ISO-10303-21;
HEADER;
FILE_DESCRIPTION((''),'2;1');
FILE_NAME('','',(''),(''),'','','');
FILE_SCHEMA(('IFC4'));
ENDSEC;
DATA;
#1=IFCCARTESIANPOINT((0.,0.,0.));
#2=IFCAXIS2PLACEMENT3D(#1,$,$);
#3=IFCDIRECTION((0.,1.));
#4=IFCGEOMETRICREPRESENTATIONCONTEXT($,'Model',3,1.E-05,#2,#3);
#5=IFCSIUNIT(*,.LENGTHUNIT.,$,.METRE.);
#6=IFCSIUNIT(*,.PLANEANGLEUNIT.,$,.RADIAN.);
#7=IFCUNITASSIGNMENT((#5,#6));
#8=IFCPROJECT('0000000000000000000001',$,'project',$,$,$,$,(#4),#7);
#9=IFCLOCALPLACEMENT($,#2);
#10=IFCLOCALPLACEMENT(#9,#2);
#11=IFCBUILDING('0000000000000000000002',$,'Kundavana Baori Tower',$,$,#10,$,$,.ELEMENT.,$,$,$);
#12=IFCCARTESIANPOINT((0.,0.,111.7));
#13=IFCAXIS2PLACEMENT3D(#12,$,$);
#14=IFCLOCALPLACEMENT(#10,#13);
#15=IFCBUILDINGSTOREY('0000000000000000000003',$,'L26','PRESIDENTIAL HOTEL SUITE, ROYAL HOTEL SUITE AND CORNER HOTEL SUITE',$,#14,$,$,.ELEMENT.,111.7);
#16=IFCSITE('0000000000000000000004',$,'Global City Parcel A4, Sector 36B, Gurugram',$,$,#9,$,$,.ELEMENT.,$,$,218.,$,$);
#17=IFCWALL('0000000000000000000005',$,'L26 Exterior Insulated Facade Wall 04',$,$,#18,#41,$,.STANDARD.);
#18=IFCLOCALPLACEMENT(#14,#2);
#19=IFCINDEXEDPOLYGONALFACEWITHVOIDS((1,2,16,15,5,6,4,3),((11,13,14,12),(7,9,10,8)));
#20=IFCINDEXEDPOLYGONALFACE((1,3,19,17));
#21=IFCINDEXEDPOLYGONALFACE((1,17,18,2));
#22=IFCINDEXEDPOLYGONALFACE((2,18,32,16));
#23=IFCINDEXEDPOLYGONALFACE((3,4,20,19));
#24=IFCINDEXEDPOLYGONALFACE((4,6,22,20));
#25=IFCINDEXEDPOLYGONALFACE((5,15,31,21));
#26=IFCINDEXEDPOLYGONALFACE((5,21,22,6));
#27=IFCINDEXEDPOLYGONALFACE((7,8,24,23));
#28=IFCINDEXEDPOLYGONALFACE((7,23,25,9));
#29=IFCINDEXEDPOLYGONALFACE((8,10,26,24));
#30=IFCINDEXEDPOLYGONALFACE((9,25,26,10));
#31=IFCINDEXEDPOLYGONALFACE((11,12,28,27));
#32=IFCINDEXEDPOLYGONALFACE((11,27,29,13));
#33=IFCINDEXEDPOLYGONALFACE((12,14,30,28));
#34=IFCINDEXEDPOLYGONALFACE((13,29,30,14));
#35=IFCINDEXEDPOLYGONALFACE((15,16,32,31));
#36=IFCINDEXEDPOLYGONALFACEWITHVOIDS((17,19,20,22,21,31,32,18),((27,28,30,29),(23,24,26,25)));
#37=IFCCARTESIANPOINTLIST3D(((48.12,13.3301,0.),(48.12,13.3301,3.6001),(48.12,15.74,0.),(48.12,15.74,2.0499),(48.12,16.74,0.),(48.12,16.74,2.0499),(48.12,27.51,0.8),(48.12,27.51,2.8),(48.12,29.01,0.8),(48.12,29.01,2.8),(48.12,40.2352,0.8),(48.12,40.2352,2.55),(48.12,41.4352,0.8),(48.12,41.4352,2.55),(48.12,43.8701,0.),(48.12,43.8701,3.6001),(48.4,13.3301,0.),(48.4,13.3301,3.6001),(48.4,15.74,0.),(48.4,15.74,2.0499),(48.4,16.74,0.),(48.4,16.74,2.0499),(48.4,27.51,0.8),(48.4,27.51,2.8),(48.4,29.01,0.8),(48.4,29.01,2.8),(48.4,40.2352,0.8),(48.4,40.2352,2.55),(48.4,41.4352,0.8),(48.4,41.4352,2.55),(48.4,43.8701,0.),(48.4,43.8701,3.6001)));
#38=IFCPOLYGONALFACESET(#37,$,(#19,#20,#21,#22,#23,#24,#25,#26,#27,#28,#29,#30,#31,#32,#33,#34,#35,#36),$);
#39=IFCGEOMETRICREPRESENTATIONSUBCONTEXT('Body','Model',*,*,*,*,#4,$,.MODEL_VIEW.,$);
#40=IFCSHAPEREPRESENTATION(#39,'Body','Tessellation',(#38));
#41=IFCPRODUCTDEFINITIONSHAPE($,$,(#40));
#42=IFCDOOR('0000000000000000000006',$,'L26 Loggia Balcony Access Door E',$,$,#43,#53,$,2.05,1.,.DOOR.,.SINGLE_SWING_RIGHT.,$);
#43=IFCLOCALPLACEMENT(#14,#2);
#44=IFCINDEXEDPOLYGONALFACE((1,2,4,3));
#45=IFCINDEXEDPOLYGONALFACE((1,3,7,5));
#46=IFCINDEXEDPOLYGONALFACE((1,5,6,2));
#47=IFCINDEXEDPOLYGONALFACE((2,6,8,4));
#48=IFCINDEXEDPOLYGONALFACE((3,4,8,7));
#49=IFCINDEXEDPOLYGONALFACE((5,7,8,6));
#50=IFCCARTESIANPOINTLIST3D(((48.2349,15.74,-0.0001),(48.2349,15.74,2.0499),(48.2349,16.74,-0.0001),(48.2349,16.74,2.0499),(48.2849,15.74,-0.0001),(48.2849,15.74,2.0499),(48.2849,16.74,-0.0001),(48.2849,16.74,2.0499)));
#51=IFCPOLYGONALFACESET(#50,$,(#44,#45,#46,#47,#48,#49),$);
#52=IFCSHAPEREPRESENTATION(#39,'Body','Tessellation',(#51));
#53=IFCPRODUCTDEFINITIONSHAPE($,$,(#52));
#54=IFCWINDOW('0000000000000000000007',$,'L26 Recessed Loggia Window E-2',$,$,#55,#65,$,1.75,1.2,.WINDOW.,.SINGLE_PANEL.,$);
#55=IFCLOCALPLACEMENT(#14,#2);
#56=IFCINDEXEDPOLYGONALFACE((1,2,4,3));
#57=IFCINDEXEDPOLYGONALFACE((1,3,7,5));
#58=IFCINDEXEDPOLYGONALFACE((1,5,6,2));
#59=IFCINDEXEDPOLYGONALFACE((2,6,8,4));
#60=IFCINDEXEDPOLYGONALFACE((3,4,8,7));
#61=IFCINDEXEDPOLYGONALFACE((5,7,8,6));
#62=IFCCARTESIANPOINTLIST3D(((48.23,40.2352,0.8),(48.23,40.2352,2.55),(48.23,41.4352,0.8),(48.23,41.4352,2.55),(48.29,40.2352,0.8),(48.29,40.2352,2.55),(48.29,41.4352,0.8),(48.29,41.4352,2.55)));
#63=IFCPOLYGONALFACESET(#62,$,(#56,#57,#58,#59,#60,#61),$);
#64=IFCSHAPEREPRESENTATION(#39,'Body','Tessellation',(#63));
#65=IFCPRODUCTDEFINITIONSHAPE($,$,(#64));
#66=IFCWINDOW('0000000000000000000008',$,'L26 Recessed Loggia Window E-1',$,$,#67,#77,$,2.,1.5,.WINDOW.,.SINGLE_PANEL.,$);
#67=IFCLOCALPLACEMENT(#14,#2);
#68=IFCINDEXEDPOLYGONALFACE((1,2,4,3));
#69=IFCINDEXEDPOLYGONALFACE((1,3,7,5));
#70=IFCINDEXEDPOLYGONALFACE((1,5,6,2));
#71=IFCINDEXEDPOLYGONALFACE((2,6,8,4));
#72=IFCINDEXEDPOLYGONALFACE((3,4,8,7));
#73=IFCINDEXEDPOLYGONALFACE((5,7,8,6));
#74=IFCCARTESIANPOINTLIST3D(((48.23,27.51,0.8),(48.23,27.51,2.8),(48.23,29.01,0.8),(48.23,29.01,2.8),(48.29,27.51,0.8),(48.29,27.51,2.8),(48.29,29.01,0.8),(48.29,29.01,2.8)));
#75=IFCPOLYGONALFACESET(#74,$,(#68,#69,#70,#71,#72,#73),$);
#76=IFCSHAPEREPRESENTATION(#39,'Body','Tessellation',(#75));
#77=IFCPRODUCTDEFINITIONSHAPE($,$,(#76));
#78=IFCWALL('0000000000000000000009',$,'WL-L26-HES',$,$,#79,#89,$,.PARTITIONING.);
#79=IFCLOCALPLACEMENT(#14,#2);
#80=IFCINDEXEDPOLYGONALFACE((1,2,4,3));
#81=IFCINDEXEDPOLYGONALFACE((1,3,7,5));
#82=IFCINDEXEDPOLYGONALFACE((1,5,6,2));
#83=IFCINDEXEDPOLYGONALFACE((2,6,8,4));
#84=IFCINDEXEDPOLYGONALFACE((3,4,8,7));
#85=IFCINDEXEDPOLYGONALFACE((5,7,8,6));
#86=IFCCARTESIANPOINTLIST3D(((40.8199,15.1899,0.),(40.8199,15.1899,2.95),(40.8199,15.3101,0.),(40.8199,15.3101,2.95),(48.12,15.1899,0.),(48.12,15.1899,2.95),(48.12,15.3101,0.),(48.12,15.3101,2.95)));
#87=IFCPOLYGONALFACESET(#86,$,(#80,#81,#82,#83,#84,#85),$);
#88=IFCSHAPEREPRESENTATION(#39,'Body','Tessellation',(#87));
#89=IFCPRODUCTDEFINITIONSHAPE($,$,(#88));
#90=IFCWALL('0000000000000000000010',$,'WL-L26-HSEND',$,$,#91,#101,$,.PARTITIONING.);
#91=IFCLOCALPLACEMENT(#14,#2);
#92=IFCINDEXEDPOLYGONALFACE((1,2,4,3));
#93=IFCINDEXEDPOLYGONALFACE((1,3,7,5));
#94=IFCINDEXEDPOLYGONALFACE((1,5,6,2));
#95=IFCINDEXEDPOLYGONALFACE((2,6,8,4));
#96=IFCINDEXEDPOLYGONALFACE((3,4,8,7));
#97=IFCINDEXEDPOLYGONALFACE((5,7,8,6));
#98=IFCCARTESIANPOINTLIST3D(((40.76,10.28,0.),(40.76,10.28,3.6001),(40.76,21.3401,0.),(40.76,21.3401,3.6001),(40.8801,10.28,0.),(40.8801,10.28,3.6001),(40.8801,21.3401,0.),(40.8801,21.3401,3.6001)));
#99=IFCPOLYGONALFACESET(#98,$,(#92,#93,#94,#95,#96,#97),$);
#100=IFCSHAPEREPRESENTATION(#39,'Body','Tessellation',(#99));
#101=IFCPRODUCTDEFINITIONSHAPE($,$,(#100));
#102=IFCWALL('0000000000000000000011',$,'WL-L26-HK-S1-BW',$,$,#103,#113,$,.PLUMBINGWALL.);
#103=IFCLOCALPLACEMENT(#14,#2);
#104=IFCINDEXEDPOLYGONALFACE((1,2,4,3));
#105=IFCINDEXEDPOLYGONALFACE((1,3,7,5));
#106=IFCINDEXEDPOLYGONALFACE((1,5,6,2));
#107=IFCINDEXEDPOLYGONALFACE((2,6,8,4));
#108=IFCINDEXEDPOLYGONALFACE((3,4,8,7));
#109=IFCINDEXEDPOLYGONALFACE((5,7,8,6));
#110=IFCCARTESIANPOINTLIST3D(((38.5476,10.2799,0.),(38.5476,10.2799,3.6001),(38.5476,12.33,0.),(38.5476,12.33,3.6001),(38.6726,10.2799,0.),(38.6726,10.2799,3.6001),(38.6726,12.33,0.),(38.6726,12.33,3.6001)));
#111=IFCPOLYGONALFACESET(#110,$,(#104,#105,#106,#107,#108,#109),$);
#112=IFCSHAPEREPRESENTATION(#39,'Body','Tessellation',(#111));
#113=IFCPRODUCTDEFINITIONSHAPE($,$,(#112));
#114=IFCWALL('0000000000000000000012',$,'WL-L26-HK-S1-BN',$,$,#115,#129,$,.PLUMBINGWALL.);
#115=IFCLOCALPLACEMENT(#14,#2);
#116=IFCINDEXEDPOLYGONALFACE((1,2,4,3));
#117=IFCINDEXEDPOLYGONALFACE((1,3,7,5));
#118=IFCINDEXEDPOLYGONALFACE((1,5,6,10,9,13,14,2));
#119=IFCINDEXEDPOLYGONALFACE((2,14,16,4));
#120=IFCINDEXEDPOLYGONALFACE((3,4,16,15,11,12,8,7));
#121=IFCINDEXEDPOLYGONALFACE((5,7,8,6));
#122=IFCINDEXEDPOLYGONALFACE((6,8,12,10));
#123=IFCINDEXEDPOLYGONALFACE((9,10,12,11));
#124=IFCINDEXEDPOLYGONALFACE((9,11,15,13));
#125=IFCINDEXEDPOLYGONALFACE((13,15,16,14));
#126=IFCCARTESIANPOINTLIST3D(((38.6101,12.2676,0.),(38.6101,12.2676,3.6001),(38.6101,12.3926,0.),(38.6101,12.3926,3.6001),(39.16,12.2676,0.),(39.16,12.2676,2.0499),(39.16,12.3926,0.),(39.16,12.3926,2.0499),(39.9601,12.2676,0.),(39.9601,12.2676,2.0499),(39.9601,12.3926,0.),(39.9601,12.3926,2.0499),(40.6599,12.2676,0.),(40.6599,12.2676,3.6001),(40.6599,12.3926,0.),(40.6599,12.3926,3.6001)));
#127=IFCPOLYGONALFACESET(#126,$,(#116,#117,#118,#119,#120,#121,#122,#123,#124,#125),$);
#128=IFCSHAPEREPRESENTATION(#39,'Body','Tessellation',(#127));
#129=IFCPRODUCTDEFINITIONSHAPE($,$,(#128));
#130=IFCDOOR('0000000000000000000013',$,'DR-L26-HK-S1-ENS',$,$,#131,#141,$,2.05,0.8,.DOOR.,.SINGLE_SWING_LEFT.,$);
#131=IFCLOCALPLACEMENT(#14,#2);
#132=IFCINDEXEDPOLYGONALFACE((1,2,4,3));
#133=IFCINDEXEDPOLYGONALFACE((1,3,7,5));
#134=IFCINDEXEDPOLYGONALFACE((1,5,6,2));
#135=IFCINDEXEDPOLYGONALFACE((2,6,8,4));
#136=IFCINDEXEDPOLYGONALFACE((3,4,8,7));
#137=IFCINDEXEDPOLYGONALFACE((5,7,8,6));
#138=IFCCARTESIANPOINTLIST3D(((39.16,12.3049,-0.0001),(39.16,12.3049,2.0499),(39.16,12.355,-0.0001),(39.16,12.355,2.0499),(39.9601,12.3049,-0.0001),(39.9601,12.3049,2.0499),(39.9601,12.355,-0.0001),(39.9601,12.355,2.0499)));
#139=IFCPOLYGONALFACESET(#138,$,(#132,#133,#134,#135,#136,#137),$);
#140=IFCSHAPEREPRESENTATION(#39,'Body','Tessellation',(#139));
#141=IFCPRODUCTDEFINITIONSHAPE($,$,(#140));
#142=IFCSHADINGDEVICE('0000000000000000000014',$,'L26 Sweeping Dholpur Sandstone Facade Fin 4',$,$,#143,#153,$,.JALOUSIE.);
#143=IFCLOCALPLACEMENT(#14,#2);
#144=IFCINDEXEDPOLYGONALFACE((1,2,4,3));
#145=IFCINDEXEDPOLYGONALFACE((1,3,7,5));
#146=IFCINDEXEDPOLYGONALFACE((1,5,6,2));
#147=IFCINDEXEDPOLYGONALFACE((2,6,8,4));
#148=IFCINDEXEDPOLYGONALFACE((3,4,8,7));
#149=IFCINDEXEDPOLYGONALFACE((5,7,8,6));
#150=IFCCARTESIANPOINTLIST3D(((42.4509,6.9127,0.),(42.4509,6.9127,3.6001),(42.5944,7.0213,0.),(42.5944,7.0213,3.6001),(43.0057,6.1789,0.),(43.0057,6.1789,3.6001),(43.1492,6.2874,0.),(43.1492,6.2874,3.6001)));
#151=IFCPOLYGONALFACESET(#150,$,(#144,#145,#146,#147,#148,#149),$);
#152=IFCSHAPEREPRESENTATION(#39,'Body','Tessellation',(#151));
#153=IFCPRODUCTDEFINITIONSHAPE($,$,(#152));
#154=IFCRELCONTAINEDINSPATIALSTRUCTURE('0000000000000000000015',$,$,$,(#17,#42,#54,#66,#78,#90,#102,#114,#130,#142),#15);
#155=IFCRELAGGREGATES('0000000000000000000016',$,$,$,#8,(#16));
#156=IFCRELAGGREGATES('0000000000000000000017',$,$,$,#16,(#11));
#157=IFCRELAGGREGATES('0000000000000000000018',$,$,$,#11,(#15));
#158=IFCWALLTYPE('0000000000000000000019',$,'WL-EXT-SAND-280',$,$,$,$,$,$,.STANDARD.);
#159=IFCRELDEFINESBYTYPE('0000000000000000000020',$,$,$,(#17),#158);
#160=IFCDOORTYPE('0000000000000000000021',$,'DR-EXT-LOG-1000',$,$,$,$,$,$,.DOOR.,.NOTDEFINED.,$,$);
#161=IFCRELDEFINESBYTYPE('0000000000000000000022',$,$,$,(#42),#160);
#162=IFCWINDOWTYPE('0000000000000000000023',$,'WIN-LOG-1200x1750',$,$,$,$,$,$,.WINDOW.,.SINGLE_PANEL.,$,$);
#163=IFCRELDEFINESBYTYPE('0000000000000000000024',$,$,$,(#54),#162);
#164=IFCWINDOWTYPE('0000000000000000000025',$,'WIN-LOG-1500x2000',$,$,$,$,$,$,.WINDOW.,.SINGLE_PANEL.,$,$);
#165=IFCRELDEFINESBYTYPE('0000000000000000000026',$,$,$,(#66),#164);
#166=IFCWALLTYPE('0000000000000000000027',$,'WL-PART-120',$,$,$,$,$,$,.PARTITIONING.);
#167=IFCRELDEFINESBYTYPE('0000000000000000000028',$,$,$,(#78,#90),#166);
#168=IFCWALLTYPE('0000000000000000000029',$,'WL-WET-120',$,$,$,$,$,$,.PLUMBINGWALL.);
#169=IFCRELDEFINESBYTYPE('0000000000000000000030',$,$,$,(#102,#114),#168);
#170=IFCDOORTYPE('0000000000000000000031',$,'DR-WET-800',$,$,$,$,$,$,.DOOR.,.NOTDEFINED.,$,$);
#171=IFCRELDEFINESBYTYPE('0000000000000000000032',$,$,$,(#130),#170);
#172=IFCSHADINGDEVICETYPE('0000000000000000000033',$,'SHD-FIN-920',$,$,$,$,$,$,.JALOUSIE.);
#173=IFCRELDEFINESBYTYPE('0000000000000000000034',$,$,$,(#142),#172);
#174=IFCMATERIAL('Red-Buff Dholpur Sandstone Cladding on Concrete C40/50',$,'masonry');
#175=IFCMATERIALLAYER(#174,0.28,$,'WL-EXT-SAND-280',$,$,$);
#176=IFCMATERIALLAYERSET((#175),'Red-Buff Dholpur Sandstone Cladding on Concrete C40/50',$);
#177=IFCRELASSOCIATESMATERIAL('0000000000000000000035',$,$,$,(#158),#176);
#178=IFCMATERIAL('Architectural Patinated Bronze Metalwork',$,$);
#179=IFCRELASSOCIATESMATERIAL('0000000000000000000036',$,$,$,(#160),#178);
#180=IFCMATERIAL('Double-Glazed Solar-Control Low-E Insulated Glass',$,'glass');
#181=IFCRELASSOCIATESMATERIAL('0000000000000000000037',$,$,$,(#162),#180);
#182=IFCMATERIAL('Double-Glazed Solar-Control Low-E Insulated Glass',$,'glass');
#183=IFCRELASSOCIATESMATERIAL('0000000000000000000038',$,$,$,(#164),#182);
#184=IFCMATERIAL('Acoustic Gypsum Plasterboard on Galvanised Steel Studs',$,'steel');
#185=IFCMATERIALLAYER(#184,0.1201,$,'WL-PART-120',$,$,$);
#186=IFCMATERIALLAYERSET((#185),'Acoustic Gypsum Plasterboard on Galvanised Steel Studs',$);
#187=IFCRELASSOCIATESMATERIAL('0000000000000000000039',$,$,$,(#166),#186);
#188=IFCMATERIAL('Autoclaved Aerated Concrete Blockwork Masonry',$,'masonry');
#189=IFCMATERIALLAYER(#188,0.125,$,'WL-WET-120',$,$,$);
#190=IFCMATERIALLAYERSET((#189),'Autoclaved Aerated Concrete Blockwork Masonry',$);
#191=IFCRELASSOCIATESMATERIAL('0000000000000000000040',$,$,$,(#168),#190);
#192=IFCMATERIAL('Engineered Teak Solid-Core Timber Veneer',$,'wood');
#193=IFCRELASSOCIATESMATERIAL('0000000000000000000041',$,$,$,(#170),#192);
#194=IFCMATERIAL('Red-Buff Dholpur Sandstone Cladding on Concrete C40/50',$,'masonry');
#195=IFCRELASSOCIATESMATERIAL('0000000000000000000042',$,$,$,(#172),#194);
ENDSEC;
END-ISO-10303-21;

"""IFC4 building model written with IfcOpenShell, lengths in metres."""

from ifc_helpers import new_model, si_unit, direction, frame, frame_2d, origin, origin_2d, place, context, subcontext, project, spatial, rectangle, extrude, material, layer, layer_set, type_object, element, fill, save


model = new_model("IFC4")

# Units and contexts
model_context = context("Model", 3, precision=1e-05, world=origin(), true_north=direction((0.0, 1.0)))
body_context = subcontext(model_context, "Body", "Model", "MODEL_VIEW")
ifc_project = project(units=[si_unit("LENGTHUNIT", "METRE"), si_unit("PLANEANGLEUNIT", "RADIAN")], contexts=[model_context])

# Site, building, storey
site_placement = place(None, origin())
site = spatial("IfcSite", under=ifc_project, at=site_placement, Name="Global City Parcel A4, Sector 36B, Gurugram", CompositionType="ELEMENT", RefElevation=218.0)
building_placement = place(site_placement, origin())
building = spatial("IfcBuilding", under=site, at=building_placement, Name="Kundavana Baori Tower", CompositionType="ELEMENT")
storey_placement = place(building_placement, frame((0.0, 0.0, 111.7)))
storey = spatial("IfcBuildingStorey", under=building, at=storey_placement, Name="L26", Description="PRESIDENTIAL HOTEL SUITE, ROYAL HOTEL SUITE AND CORNER HOTEL SUITE", CompositionType="ELEMENT", Elevation=111.7)

# Shared definitions
ifc_material_1 = material(Name="Red-Buff Dholpur Sandstone Cladding on Concrete C40/50", Category="masonry")
ifc_layer_1 = layer(ifc_material_1, 0.28, Name="WL-EXT-SAND-280")
ifc_layer_set_1 = layer_set([ifc_layer_1], Name="Red-Buff Dholpur Sandstone Cladding on Concrete C40/50")
wall_type_1 = type_object("IfcWallType", Name="WL-EXT-SAND-280", PredefinedType="STANDARD", material=ifc_layer_set_1)

# Wall, openings, door, windows
wall_1_placement = place(storey_placement, frame((48.26, 13.3301, 0.0), z_axis=(0.0, 0.0, 1.0), x_axis=(0.0, 1.0, 0.0)))
wall_1 = element("IfcWall", 1, at=wall_1_placement, inside=storey, type_object=wall_type_1, Name="L26 Exterior Insulated Facade Wall 04", PredefinedType="STANDARD", context=body_context, shape_type="SweptSolid", body=[
    extrude(rectangle(XDim=30.54, YDim=0.28, at=frame_2d((15.27, 0.0))), origin(), (0.0, 0.0, 1.0), 3.6001),
])
opening_1_placement = place(wall_1_placement, frame((2.4099, 0.0, 0.0)))
opening_1 = element("IfcOpeningElement", 2, at=opening_1_placement, cuts=wall_1, PredefinedType="OPENING", context=body_context, shape_type="SweptSolid", body=[
    extrude(rectangle(XDim=1.0, YDim=2.05, at=frame_2d((0.5, 1.0249))), frame((0.0, 0.1499, 0.0), z_axis=(0.0, -1.0, 0.0), x_axis=(1.0, 0.0, 0.0)), (0.0, 0.0, 1.0), 0.3),
])
opening_2_placement = place(wall_1_placement, frame((14.1799, 0.0, 0.8)))
opening_2 = element("IfcOpeningElement", 3, at=opening_2_placement, cuts=wall_1, PredefinedType="OPENING", context=body_context, shape_type="SweptSolid", body=[
    extrude(rectangle(XDim=1.5, YDim=2.0, at=frame_2d((0.75, 1.0))), frame((0.0, 0.1499, 0.0), z_axis=(0.0, -1.0, 0.0), x_axis=(1.0, 0.0, 0.0)), (0.0, 0.0, 1.0), 0.3),
])
opening_3_placement = place(wall_1_placement, frame((26.905, 0.0, 0.8)))
opening_3 = element("IfcOpeningElement", 4, at=opening_3_placement, cuts=wall_1, PredefinedType="OPENING", context=body_context, shape_type="SweptSolid", body=[
    extrude(rectangle(XDim=1.2, YDim=1.75, at=frame_2d((0.6001, 0.875))), frame((0.0, 0.1499, 0.0), z_axis=(0.0, -1.0, 0.0), x_axis=(1.0, 0.0, 0.0)), (0.0, 0.0, 1.0), 0.3),
])
ifc_material_2 = material(Name="Architectural Patinated Bronze Metalwork")
door_type_1 = type_object("IfcDoorType", Name="DR-EXT-LOG-1000", OperationType="NOTDEFINED", PredefinedType="DOOR", material=ifc_material_2)
door_1_placement = place(opening_1_placement, frame((1.0, 0.0, 0.0), z_axis=(0.0, 0.0, 1.0), x_axis=(-1.0, 0.0, 0.0)))
door_1 = element("IfcDoor", 5, at=door_1_placement, inside=storey, type_object=door_type_1, Name="L26 Loggia Balcony Access Door E", OperationType="SINGLE_SWING_RIGHT", OverallHeight=2.05, OverallWidth=1.0, PredefinedType="DOOR", context=body_context, shape_type="SweptSolid", body=[
    extrude(rectangle(XDim=1.0, YDim=2.05, at=frame_2d((0.5, 1.0249))), frame((0.0, 0.0249, 0.0), z_axis=(0.0, -1.0, 0.0), x_axis=(1.0, 0.0, 0.0)), (0.0, 0.0, 1.0), 0.05),
])
fill(opening_1, door_1)
ifc_material_3 = material(Name="Double-Glazed Solar-Control Low-E Insulated Glass", Category="glass")
window_type_1 = type_object("IfcWindowType", Name="WIN-LOG-1200x1750", PartitioningType="SINGLE_PANEL", PredefinedType="WINDOW", material=ifc_material_3)
window_1_placement = place(opening_3_placement, origin())
window_1 = element("IfcWindow", 6, at=window_1_placement, inside=storey, type_object=window_type_1, Name="L26 Recessed Loggia Window E-2", OverallHeight=1.75, OverallWidth=1.2, PartitioningType="SINGLE_PANEL", PredefinedType="WINDOW", context=body_context, shape_type="SweptSolid", body=[
    extrude(rectangle(XDim=1.2, YDim=1.75, at=frame_2d((0.6001, 0.875))), frame((0.0, 0.03, 0.0), z_axis=(0.0, -1.0, 0.0), x_axis=(1.0, 0.0, 0.0)), (0.0, 0.0, 1.0), 0.0601),
])
fill(opening_3, window_1)
ifc_material_4 = material(Name="Double-Glazed Solar-Control Low-E Insulated Glass", Category="glass")
window_type_2 = type_object("IfcWindowType", Name="WIN-LOG-1500x2000", PartitioningType="SINGLE_PANEL", PredefinedType="WINDOW", material=ifc_material_4)
window_2_placement = place(opening_2_placement, origin())
window_2 = element("IfcWindow", 7, at=window_2_placement, inside=storey, type_object=window_type_2, Name="L26 Recessed Loggia Window E-1", OverallHeight=2.0, OverallWidth=1.5, PartitioningType="SINGLE_PANEL", PredefinedType="WINDOW", context=body_context, shape_type="SweptSolid", body=[
    extrude(rectangle(XDim=1.5, YDim=2.0, at=frame_2d((0.75, 1.0))), frame((0.0, 0.03, 0.0), z_axis=(0.0, -1.0, 0.0), x_axis=(1.0, 0.0, 0.0)), (0.0, 0.0, 1.0), 0.0601),
])
fill(opening_2, window_2)

# Walls
ifc_material_5 = material(Name="Acoustic Gypsum Plasterboard on Galvanised Steel Studs", Category="steel")
ifc_layer_2 = layer(ifc_material_5, 0.1201, Name="WL-PART-120")
ifc_layer_set_2 = layer_set([ifc_layer_2], Name="Acoustic Gypsum Plasterboard on Galvanised Steel Studs")
wall_type_2 = type_object("IfcWallType", Name="WL-PART-120", PredefinedType="PARTITIONING", material=ifc_layer_set_2)
wall_2_placement = place(storey_placement, frame((40.8201, 15.25, 0.0), z_axis=(0.0, 0.0, 1.0), x_axis=(1.0, 0.0, 0.0)))
element("IfcWall", 8, at=wall_2_placement, inside=storey, type_object=wall_type_2, Name="WL-L26-HES", PredefinedType="PARTITIONING", context=body_context, shape_type="SweptSolid", body=[
    extrude(rectangle(XDim=7.3, YDim=0.1201, at=frame_2d((3.6499, 0.0))), origin(), (0.0, 0.0, 1.0), 2.95),
])
wall_3_placement = place(storey_placement, frame((40.8201, 10.28, 0.0), z_axis=(0.0, 0.0, 1.0), x_axis=(0.0, 1.0, 0.0)))
element("IfcWall", 9, at=wall_3_placement, inside=storey, type_object=wall_type_2, Name="WL-L26-HSEND", PredefinedType="PARTITIONING", context=body_context, shape_type="SweptSolid", body=[
    extrude(rectangle(XDim=11.0601, YDim=0.1201, at=frame_2d((5.53, 0.0))), origin(), (0.0, 0.0, 1.0), 3.6001),
])
ifc_material_6 = material(Name="Autoclaved Aerated Concrete Blockwork Masonry", Category="masonry")
ifc_layer_3 = layer(ifc_material_6, 0.125, Name="WL-WET-120")
ifc_layer_set_3 = layer_set([ifc_layer_3], Name="Autoclaved Aerated Concrete Blockwork Masonry")
wall_type_3 = type_object("IfcWallType", Name="WL-WET-120", PredefinedType="PLUMBINGWALL", material=ifc_layer_set_3)
wall_4_placement = place(storey_placement, frame((38.6101, 10.28, 0.0), z_axis=(0.0, 0.0, 1.0), x_axis=(0.0, 1.0, 0.0)))
element("IfcWall", 10, at=wall_4_placement, inside=storey, type_object=wall_type_3, Name="WL-L26-HK-S1-BW", PredefinedType="PLUMBINGWALL", context=body_context, shape_type="SweptSolid", body=[
    extrude(rectangle(XDim=2.05, YDim=0.125, at=frame_2d((1.0249, 0.0))), origin(), (0.0, 0.0, 1.0), 3.6001),
])

# Wall, opening, door
wall_5_placement = place(storey_placement, frame((38.6101, 12.3301, 0.0), z_axis=(0.0, 0.0, 1.0), x_axis=(1.0, 0.0, 0.0)))
wall_5 = element("IfcWall", 11, at=wall_5_placement, inside=storey, type_object=wall_type_3, Name="WL-L26-HK-S1-BN", PredefinedType="PLUMBINGWALL", context=body_context, shape_type="SweptSolid", body=[
    extrude(rectangle(XDim=2.0498, YDim=0.125, at=frame_2d((1.0249, 0.0))), origin(), (0.0, 0.0, 1.0), 3.6001),
])
opening_4_placement = place(wall_5_placement, frame((0.55, 0.0, 0.0)))
opening_4 = element("IfcOpeningElement", 12, at=opening_4_placement, cuts=wall_5, PredefinedType="OPENING", context=body_context, shape_type="SweptSolid", body=[
    extrude(rectangle(XDim=0.8, YDim=2.05, at=frame_2d((0.3999, 1.0249))), frame((0.0, 0.0725, 0.0), z_axis=(0.0, -1.0, 0.0), x_axis=(1.0, 0.0, 0.0)), (0.0, 0.0, 1.0), 0.145),
])
ifc_material_7 = material(Name="Engineered Teak Solid-Core Timber Veneer", Category="wood")
door_type_2 = type_object("IfcDoorType", Name="DR-WET-800", OperationType="NOTDEFINED", PredefinedType="DOOR", material=ifc_material_7)
door_2_placement = place(opening_4_placement, origin())
door_2 = element("IfcDoor", 13, at=door_2_placement, inside=storey, type_object=door_type_2, Name="DR-L26-HK-S1-ENS", OperationType="SINGLE_SWING_LEFT", OverallHeight=2.05, OverallWidth=0.8, PredefinedType="DOOR", context=body_context, shape_type="SweptSolid", body=[
    extrude(rectangle(XDim=0.8, YDim=2.05, at=frame_2d((0.3999, 1.0249))), frame((0.0, 0.0249, 0.0), z_axis=(0.0, -1.0, 0.0), x_axis=(1.0, 0.0, 0.0)), (0.0, 0.0, 1.0), 0.05),
])
fill(opening_4, door_2)

# Shading device
ifc_material_8 = material(Name="Red-Buff Dholpur Sandstone Cladding on Concrete C40/50", Category="masonry")
shading_device_type = type_object("IfcShadingDeviceType", Name="SHD-FIN-920", PredefinedType="JALOUSIE", material=ifc_material_8)
shading_device_placement = place(storey_placement, frame((42.8, 6.6001, 0.0), z_axis=(0.0, 0.0, 1.0), x_axis=(0.797689, 0.603069, 0.0)))
element("IfcShadingDevice", 14, at=shading_device_placement, inside=storey, type_object=shading_device_type, Name="L26 Sweeping Dholpur Sandstone Facade Fin 4", PredefinedType="JALOUSIE", context=body_context, shape_type="SweptSolid", body=[
    extrude(rectangle(XDim=0.1799, YDim=0.9199, at=origin_2d()), origin(), (0.0, 0.0, 1.0), 3.6001),
])

save(model, "model.ifc")
